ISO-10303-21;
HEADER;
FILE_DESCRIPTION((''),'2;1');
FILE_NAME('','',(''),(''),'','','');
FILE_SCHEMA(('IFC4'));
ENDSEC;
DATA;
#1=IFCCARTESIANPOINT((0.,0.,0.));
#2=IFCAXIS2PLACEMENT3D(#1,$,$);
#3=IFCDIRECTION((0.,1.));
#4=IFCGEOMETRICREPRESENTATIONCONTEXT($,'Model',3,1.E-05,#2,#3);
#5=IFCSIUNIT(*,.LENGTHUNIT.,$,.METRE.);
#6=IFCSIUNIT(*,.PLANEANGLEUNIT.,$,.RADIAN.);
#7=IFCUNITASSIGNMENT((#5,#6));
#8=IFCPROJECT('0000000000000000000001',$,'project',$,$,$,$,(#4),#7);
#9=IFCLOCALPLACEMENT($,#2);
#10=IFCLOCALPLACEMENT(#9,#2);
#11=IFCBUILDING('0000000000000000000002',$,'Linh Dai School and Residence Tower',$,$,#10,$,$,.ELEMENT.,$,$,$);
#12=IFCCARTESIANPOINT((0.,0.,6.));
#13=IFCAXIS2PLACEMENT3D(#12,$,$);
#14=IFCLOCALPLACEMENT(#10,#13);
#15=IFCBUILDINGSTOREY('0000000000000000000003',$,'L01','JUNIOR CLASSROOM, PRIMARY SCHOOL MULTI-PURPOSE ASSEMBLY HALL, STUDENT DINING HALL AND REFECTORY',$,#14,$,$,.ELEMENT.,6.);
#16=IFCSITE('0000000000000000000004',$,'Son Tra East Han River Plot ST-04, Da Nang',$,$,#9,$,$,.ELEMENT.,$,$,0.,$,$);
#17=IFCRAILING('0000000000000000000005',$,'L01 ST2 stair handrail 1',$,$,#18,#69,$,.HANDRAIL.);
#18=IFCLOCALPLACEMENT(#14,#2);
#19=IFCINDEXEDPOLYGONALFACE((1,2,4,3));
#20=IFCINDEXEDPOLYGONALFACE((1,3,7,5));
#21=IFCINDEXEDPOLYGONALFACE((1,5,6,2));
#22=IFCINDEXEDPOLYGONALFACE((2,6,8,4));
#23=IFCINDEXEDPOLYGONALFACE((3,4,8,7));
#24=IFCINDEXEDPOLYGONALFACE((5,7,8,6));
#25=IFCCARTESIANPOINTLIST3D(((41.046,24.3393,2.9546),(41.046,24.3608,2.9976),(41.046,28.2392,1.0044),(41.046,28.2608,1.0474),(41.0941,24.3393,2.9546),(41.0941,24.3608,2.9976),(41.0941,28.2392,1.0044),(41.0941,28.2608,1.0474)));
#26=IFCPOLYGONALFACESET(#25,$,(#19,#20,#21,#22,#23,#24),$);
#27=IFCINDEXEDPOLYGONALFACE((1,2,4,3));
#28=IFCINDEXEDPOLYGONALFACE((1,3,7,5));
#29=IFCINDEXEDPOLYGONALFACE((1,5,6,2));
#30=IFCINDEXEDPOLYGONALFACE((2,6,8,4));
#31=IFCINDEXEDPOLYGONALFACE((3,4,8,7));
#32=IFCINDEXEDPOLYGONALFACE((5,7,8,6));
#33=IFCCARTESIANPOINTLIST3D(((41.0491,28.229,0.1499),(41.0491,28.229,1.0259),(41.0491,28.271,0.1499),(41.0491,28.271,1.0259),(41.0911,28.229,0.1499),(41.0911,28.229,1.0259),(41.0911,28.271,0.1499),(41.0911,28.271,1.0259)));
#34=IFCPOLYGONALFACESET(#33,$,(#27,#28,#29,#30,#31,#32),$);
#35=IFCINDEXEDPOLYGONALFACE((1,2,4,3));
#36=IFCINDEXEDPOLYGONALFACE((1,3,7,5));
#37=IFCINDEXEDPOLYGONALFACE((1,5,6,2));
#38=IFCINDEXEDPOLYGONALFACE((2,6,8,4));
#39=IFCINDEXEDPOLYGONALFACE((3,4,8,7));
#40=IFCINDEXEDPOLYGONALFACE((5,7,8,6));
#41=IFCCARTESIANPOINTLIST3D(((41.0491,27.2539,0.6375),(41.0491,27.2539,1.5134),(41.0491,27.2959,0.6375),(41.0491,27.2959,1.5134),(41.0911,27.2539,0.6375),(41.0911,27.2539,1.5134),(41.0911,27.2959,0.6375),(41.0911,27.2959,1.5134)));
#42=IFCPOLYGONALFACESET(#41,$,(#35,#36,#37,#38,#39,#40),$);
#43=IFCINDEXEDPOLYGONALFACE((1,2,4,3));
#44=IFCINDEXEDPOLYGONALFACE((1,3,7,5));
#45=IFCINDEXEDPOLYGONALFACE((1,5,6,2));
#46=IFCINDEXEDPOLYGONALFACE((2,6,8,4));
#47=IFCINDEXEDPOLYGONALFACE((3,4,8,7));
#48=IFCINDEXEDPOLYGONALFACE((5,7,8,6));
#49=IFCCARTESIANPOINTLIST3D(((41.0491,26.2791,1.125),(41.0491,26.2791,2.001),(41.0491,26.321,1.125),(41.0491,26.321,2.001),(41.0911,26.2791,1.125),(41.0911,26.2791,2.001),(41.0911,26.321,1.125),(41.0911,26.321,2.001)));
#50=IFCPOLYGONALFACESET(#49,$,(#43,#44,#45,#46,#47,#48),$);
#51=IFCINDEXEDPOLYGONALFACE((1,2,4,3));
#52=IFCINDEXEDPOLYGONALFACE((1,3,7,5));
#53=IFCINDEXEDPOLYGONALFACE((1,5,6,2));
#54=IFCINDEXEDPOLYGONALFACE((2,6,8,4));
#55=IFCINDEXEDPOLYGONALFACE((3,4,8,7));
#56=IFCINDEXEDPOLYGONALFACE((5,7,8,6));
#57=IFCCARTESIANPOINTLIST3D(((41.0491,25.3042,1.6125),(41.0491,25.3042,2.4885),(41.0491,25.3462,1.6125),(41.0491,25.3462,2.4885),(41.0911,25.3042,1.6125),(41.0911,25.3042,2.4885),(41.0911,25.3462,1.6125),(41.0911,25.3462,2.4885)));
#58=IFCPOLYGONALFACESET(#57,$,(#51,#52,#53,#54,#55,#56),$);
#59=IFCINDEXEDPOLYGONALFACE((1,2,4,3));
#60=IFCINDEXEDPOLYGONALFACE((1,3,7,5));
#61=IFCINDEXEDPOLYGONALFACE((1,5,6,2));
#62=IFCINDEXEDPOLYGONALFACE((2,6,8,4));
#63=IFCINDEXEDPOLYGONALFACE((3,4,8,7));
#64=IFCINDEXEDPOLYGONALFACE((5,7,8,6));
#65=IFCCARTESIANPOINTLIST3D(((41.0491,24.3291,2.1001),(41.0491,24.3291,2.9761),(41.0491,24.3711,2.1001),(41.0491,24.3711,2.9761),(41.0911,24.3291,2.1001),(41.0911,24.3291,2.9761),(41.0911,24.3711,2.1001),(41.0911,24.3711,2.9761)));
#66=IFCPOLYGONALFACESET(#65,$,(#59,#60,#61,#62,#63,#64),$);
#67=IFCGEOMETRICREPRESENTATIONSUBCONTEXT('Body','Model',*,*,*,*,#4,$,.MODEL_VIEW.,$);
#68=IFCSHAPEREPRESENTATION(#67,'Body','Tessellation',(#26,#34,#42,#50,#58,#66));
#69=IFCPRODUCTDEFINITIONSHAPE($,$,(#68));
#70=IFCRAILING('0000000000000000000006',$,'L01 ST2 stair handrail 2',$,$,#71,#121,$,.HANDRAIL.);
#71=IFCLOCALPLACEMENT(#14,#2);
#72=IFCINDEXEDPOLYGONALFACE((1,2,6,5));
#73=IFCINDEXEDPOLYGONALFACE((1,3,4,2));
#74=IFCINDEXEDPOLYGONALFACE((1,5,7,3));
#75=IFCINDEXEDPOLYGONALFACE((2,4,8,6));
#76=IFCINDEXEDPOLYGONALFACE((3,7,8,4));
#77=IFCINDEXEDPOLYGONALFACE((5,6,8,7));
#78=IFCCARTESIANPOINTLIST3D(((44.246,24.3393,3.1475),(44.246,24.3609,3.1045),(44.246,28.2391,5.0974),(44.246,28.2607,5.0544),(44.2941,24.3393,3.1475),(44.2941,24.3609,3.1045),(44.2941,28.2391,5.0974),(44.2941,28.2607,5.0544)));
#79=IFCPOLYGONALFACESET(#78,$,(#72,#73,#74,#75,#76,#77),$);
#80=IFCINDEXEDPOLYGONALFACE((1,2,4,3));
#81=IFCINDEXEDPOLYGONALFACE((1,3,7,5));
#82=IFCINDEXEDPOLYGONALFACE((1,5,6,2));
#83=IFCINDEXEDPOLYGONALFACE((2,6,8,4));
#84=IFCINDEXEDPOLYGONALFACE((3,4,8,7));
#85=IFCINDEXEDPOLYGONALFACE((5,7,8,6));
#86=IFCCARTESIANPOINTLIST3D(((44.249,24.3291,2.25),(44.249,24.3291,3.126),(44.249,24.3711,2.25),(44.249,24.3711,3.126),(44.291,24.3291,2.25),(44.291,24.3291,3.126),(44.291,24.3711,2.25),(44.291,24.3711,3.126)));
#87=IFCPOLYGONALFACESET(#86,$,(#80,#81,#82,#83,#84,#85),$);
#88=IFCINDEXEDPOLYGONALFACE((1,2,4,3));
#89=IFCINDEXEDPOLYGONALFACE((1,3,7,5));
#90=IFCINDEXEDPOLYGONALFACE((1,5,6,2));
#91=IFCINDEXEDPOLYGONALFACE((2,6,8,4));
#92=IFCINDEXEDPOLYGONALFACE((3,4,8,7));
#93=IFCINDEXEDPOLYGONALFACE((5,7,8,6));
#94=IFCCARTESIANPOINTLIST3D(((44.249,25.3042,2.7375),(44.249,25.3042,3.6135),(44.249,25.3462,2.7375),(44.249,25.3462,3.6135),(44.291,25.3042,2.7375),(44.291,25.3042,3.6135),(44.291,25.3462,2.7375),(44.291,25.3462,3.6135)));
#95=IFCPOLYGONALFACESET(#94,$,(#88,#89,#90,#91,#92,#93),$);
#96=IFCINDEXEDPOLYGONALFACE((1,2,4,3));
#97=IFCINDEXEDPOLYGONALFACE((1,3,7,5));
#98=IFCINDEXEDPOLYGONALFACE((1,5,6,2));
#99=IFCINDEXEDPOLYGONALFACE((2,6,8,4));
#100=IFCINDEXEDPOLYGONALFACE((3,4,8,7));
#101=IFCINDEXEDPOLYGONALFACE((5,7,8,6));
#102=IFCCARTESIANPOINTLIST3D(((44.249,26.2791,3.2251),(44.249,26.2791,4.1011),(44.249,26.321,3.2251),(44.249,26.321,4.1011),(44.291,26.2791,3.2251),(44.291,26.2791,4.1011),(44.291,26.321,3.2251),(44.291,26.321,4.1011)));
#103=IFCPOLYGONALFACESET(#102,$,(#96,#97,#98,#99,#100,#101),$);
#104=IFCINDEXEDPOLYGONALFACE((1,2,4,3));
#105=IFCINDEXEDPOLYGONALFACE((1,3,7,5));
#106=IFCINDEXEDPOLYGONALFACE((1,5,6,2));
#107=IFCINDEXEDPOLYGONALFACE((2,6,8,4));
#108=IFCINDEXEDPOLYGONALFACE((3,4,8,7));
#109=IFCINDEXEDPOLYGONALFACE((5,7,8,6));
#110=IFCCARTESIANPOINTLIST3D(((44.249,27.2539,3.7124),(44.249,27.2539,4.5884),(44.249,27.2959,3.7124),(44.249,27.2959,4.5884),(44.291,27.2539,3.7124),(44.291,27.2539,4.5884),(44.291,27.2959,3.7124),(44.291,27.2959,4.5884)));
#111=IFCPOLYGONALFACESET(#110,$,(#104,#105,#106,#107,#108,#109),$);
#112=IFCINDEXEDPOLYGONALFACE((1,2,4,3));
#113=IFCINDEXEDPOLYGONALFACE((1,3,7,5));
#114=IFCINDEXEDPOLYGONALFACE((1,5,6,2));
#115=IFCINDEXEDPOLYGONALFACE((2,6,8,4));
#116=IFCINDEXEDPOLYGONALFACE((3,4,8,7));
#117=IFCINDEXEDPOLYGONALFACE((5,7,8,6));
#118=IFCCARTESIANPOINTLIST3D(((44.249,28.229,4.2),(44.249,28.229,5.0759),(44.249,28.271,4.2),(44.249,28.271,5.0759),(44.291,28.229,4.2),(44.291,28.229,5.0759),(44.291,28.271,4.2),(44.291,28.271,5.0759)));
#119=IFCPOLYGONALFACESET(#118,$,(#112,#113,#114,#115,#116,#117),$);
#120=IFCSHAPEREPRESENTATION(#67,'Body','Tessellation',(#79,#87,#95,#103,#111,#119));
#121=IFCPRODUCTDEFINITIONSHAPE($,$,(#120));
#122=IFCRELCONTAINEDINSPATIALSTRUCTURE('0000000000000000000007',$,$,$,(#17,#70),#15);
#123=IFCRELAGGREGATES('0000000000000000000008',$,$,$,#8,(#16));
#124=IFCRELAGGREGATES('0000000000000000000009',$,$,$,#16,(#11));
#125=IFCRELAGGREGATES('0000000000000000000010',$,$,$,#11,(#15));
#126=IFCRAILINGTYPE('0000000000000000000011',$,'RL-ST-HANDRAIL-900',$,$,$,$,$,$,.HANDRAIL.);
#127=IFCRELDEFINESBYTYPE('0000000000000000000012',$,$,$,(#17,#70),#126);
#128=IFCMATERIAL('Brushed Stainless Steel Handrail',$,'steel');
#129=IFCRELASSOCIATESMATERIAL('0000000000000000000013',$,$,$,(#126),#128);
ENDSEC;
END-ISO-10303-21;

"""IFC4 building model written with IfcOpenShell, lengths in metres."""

from ifc_helpers import new_model, si_unit, direction, frame, origin, origin_2d, place, context, subcontext, project, spatial, rectangle, extrude, source, transform, mapped, material, type_object, element, save


model = new_model("IFC4")

# Units and contexts
model_context = context("Model", 3, precision=1e-05, world=origin(), true_north=direction((0.0, 1.0)))
body_context = subcontext(model_context, "Body", "Model", "MODEL_VIEW")
ifc_project = project(units=[si_unit("LENGTHUNIT", "METRE"), si_unit("PLANEANGLEUNIT", "RADIAN")], contexts=[model_context])

# Site, building, storey
site_placement = place(None, origin())
site = spatial("IfcSite", under=ifc_project, at=site_placement, Name="Son Tra East Han River Plot ST-04, Da Nang", CompositionType="ELEMENT", RefElevation=0.0)
building_placement = place(site_placement, origin())
building = spatial("IfcBuilding", under=site, at=building_placement, Name="Linh Dai School and Residence Tower", CompositionType="ELEMENT")
storey_placement = place(building_placement, frame((0.0, 0.0, 6.0)))
storey = spatial("IfcBuildingStorey", under=building, at=storey_placement, Name="L01", Description="JUNIOR CLASSROOM, PRIMARY SCHOOL MULTI-PURPOSE ASSEMBLY HALL, STUDENT DINING HALL AND REFECTORY", CompositionType="ELEMENT", Elevation=6.0)

# Railings
ifc_material_1 = material(Name="Brushed Stainless Steel Handrail", Category="steel")
railing_type_1 = type_object("IfcRailingType", Name="RL-ST-HANDRAIL-900", PredefinedType="HANDRAIL", material=ifc_material_1)
shared_shape_1 = source(origin(), body_context, "Body", "SweptSolid", [
    extrude(rectangle(XDim=0.0481, YDim=0.0481, at=origin_2d()), frame((0.0, 0.0, 0.876), z_axis=(0.0, -0.894405, 0.447258), x_axis=(1.0, 0.0, 0.0)), (0.0, 0.0, 1.0), 4.3604),
    extrude(rectangle(XDim=0.042, YDim=0.042, at=origin_2d()), origin(), (0.0, 0.0, 1.0), 0.876),
    extrude(rectangle(XDim=0.042, YDim=0.042, at=origin_2d()), frame((0.0, -0.9751, 0.4875)), (0.0, 0.0, 1.0), 0.876),
    extrude(rectangle(XDim=0.042, YDim=0.042, at=origin_2d()), frame((0.0, -1.95, 0.9751)), (0.0, 0.0, 1.0), 0.876),
    extrude(rectangle(XDim=0.042, YDim=0.042, at=origin_2d()), frame((0.0, -2.9248, 1.4626)), (0.0, 0.0, 1.0), 0.876),
    extrude(rectangle(XDim=0.042, YDim=0.042, at=origin_2d()), frame((0.0, -3.8999, 1.9502)), (0.0, 0.0, 1.0), 0.876),
])
railing_1_placement = place(storey_placement, frame((41.0701, 28.25, 0.1499)))
element("IfcRailing", 1, at=railing_1_placement, inside=storey, type_object=railing_type_1, Name="L01 ST2 stair handrail 1", PredefinedType="HANDRAIL", context=body_context, shape_type="MappedRepresentation", body=[
    mapped(shared_shape_1, transform((0.0, 0.0, 0.0), x_axis=(1.0, 0.0, 0.0), y_axis=(0.0, 1.0, 0.0), z_axis=(0.0, 0.0, 1.0), scale=1.0)),
])
shared_shape_2 = source(origin(), body_context, "Body", "SweptSolid", [
    extrude(rectangle(XDim=0.0481, YDim=0.0481, at=origin_2d()), frame((0.0, 0.0, 0.876), z_axis=(0.0, 0.894427, 0.447214), x_axis=(-1.0, 0.0, 0.0)), (0.0, 0.0, 1.0), 4.3601),
    extrude(rectangle(XDim=0.042, YDim=0.042, at=origin_2d()), origin(), (0.0, 0.0, 1.0), 0.876),
    extrude(rectangle(XDim=0.042, YDim=0.042, at=origin_2d()), frame((0.0, 0.9751, 0.4875)), (0.0, 0.0, 1.0), 0.876),
    extrude(rectangle(XDim=0.042, YDim=0.042, at=origin_2d()), frame((0.0, 1.95, 0.9751)), (0.0, 0.0, 1.0), 0.876),
    extrude(rectangle(XDim=0.042, YDim=0.042, at=origin_2d()), frame((0.0, 2.9248, 1.4624)), (0.0, 0.0, 1.0), 0.876),
    extrude(rectangle(XDim=0.042, YDim=0.042, at=origin_2d()), frame((0.0, 3.8999, 1.95)), (0.0, 0.0, 1.0), 0.876),
])
railing_2_placement = place(storey_placement, frame((44.27, 24.3501, 2.25)))
element("IfcRailing", 2, at=railing_2_placement, inside=storey, type_object=railing_type_1, Name="L01 ST2 stair handrail 2", PredefinedType="HANDRAIL", context=body_context, shape_type="MappedRepresentation", body=[
    mapped(shared_shape_2, transform((0.0, 0.0, 0.0), x_axis=(1.0, 0.0, 0.0), y_axis=(0.0, 1.0, 0.0), z_axis=(0.0, 0.0, 1.0), scale=1.0)),
])

save(model, "model.ifc")
